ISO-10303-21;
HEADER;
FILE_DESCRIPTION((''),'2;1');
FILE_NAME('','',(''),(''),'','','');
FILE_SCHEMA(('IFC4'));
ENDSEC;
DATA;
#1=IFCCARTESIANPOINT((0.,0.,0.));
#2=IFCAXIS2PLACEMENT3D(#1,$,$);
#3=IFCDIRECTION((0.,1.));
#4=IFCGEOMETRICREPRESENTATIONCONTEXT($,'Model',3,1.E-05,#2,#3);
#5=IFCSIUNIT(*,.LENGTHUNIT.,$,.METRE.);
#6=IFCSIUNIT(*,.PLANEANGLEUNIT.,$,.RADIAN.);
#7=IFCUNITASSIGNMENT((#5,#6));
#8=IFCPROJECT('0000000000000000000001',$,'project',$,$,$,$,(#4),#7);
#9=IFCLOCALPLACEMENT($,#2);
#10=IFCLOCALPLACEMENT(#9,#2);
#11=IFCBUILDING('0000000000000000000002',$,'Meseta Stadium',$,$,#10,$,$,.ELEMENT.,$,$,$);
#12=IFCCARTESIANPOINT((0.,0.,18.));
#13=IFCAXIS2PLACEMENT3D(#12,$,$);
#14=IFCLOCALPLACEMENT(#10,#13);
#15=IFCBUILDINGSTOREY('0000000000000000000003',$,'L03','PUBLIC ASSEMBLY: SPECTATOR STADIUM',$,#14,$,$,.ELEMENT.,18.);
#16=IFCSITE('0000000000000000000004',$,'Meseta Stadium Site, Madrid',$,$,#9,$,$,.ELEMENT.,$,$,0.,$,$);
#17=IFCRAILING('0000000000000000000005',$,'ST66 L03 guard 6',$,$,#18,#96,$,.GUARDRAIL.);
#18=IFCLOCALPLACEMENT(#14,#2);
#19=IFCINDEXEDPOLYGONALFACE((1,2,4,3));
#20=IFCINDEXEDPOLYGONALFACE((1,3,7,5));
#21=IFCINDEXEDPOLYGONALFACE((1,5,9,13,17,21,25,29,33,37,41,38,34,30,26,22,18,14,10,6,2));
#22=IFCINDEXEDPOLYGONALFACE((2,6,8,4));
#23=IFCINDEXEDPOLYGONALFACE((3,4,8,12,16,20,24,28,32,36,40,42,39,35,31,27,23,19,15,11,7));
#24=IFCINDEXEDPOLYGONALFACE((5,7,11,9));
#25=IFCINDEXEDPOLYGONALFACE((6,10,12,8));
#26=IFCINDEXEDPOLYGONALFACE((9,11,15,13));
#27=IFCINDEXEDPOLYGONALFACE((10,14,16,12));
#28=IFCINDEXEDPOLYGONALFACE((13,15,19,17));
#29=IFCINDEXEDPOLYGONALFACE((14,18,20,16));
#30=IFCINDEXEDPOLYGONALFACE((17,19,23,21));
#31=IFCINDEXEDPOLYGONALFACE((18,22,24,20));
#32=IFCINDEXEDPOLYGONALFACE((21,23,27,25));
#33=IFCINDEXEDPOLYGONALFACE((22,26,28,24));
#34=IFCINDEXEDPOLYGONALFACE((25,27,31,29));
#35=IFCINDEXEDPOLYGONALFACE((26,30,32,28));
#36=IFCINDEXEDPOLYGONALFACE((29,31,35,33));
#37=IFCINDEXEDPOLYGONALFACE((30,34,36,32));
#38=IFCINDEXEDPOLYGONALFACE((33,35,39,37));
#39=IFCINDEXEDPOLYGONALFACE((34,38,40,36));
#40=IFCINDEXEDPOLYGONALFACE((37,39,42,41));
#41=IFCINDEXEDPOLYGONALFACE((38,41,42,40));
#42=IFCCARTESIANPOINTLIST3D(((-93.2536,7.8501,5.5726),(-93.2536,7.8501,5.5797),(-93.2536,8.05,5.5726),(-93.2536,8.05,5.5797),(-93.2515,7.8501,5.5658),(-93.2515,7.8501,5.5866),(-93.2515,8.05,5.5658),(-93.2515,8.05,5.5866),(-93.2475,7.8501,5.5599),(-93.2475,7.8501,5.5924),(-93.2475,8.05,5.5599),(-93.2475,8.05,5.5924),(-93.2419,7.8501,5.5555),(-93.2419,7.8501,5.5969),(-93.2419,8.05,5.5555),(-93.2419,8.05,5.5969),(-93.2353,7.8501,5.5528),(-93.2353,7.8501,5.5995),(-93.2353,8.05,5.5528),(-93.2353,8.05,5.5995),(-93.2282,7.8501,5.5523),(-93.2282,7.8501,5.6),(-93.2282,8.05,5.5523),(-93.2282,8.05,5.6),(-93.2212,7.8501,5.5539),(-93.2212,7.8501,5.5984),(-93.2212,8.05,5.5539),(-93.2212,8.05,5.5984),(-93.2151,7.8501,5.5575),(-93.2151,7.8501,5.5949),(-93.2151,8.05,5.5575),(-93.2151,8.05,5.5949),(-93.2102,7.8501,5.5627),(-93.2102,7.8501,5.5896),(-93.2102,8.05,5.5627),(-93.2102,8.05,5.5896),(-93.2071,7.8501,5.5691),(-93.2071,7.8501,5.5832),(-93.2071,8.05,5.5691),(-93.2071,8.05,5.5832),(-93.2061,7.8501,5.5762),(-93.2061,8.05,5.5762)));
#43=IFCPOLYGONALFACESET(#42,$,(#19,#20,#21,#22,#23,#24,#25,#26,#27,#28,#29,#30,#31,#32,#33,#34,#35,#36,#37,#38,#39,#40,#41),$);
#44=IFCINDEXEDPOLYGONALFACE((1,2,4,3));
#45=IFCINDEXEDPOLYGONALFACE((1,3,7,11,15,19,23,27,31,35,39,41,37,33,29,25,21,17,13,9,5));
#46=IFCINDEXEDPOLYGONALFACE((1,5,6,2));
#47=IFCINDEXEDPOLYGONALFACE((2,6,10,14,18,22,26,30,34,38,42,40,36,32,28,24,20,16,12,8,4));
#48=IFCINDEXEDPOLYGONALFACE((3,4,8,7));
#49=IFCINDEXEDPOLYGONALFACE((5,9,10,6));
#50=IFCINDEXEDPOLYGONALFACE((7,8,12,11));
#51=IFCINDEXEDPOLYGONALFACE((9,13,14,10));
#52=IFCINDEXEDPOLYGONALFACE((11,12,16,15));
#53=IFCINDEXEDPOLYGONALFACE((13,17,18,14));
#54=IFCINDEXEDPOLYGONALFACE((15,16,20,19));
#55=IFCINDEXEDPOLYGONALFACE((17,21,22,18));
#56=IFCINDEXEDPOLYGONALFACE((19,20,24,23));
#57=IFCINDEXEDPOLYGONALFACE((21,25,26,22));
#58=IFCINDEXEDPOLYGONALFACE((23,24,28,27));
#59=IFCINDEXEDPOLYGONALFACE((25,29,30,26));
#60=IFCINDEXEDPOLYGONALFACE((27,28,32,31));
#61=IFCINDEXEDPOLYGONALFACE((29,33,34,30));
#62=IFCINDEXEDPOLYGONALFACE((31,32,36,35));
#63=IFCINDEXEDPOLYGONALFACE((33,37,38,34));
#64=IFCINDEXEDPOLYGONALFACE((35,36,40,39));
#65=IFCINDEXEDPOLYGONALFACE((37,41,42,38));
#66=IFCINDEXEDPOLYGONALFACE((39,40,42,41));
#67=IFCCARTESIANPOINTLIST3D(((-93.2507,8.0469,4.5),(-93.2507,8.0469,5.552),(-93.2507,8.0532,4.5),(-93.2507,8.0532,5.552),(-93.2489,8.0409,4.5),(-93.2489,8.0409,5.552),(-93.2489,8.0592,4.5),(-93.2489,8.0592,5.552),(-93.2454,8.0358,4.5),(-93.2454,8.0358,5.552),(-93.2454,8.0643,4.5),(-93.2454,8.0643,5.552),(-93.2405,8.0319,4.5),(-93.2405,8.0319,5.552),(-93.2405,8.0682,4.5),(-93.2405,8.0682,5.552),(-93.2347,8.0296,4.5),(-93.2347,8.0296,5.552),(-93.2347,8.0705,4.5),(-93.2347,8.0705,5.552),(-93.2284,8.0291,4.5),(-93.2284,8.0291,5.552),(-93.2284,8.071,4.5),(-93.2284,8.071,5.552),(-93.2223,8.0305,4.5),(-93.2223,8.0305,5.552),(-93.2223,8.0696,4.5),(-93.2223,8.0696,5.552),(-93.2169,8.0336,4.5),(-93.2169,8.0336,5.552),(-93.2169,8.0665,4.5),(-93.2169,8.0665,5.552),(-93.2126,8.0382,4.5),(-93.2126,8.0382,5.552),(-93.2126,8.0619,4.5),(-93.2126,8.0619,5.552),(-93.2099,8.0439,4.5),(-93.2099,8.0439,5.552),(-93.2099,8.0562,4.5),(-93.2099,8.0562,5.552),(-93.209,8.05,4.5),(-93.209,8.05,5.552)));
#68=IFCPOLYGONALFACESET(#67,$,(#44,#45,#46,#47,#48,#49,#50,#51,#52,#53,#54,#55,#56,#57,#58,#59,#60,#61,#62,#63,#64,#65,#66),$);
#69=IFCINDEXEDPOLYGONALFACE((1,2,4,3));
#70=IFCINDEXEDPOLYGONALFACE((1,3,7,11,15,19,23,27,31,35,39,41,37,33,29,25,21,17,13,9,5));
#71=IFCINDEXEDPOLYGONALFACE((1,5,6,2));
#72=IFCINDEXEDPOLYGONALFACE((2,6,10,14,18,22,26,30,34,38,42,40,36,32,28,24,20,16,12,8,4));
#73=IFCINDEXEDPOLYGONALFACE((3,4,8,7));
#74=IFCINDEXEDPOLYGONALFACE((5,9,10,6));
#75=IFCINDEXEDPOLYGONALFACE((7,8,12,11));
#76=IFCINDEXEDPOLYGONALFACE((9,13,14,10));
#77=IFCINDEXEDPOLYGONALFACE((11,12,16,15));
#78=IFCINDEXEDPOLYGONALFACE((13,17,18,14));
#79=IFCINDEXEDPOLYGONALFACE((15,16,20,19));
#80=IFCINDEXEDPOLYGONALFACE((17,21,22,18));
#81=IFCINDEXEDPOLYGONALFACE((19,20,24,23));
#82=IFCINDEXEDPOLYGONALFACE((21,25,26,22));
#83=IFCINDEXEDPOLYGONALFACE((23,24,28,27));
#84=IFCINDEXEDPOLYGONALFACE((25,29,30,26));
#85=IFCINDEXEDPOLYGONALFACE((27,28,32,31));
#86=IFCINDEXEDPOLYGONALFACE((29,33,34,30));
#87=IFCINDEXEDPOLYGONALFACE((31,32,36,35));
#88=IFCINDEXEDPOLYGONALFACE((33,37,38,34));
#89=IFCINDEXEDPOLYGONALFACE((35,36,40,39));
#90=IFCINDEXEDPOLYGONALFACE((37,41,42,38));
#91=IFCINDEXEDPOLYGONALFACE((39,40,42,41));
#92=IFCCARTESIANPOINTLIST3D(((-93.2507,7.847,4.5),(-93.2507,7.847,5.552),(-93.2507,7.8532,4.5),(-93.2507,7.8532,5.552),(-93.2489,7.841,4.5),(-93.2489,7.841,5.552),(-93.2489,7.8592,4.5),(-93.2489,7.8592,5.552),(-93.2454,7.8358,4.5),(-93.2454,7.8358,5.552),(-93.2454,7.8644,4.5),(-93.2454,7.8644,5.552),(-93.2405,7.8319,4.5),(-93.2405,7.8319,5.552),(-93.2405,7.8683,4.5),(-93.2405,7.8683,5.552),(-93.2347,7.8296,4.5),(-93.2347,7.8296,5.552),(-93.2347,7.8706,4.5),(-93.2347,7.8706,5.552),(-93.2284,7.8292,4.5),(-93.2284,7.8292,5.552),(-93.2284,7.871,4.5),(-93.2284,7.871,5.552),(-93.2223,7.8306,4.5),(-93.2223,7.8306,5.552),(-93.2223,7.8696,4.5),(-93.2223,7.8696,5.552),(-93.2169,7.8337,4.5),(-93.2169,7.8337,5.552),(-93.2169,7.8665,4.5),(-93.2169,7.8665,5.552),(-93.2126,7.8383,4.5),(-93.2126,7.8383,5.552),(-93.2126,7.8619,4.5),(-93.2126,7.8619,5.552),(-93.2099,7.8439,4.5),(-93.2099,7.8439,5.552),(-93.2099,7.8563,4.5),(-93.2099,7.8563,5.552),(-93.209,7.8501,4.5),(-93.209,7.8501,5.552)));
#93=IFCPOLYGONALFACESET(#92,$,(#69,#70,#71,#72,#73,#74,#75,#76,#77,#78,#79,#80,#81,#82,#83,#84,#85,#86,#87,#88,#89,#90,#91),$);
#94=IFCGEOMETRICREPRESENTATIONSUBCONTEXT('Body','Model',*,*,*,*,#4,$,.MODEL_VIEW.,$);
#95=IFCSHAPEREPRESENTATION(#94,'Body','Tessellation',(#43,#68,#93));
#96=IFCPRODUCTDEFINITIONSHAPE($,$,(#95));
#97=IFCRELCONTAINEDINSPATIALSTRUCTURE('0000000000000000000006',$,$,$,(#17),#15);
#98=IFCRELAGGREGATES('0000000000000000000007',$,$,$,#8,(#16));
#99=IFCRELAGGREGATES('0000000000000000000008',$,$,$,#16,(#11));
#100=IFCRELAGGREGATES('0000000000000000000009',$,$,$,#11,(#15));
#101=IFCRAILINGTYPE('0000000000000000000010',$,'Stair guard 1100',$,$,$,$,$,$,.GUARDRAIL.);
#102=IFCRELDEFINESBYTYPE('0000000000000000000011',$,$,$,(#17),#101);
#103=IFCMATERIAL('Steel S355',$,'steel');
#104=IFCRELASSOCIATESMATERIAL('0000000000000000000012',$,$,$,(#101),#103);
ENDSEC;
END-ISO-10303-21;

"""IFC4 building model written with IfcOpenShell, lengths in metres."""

from ifc_helpers import new_model, si_unit, direction, frame, origin, origin_2d, place, context, subcontext, project, spatial, circle, extrude, material, type_object, element, save


model = new_model("IFC4")

# Units and contexts
model_context = context("Model", 3, precision=1e-05, world=origin(), true_north=direction((0.0, 1.0)))
body_context = subcontext(model_context, "Body", "Model", "MODEL_VIEW")
ifc_project = project(units=[si_unit("LENGTHUNIT", "METRE"), si_unit("PLANEANGLEUNIT", "RADIAN")], contexts=[model_context])

# Site, building, storey
site_placement = place(None, origin())
site = spatial("IfcSite", under=ifc_project, at=site_placement, Name="Meseta Stadium Site, Madrid", CompositionType="ELEMENT", RefElevation=0.0)
building_placement = place(site_placement, origin())
building = spatial("IfcBuilding", under=site, at=building_placement, Name="Meseta Stadium", CompositionType="ELEMENT")
storey_placement = place(building_placement, frame((0.0, 0.0, 18.0)))
storey = spatial("IfcBuildingStorey", under=building, at=storey_placement, Name="L03", Description="PUBLIC ASSEMBLY: SPECTATOR STADIUM", CompositionType="ELEMENT", Elevation=18.0)

# Railing
ifc_material_1 = material(Name="Steel S355", Category="steel")
railing_type_1 = type_object("IfcRailingType", Name="Stair guard 1100", PredefinedType="GUARDRAIL", material=ifc_material_1)
railing_1_placement = place(storey_placement, frame((-93.23, 8.05, 4.5)))
element("IfcRailing", 1, at=railing_1_placement, inside=storey, type_object=railing_type_1, Name="ST66 L03 guard 6", PredefinedType="GUARDRAIL", context=body_context, shape_type="SweptSolid", body=[
    extrude(circle(Radius=0.0239, at=origin_2d()), frame((0.0, 0.0, 1.0762), z_axis=(0.0, -1.0, 0.0), x_axis=(1.0, 0.0, 0.0)), (0.0, 0.0, 1.0), 0.2),
    extrude(circle(Radius=0.021, at=origin_2d()), origin(), (0.0, 0.0, 1.0), 1.052),
    extrude(circle(Radius=0.021, at=origin_2d()), frame((0.0, -0.2, 0.0)), (0.0, 0.0, 1.0), 1.052),
])

save(model, "model.ifc")
